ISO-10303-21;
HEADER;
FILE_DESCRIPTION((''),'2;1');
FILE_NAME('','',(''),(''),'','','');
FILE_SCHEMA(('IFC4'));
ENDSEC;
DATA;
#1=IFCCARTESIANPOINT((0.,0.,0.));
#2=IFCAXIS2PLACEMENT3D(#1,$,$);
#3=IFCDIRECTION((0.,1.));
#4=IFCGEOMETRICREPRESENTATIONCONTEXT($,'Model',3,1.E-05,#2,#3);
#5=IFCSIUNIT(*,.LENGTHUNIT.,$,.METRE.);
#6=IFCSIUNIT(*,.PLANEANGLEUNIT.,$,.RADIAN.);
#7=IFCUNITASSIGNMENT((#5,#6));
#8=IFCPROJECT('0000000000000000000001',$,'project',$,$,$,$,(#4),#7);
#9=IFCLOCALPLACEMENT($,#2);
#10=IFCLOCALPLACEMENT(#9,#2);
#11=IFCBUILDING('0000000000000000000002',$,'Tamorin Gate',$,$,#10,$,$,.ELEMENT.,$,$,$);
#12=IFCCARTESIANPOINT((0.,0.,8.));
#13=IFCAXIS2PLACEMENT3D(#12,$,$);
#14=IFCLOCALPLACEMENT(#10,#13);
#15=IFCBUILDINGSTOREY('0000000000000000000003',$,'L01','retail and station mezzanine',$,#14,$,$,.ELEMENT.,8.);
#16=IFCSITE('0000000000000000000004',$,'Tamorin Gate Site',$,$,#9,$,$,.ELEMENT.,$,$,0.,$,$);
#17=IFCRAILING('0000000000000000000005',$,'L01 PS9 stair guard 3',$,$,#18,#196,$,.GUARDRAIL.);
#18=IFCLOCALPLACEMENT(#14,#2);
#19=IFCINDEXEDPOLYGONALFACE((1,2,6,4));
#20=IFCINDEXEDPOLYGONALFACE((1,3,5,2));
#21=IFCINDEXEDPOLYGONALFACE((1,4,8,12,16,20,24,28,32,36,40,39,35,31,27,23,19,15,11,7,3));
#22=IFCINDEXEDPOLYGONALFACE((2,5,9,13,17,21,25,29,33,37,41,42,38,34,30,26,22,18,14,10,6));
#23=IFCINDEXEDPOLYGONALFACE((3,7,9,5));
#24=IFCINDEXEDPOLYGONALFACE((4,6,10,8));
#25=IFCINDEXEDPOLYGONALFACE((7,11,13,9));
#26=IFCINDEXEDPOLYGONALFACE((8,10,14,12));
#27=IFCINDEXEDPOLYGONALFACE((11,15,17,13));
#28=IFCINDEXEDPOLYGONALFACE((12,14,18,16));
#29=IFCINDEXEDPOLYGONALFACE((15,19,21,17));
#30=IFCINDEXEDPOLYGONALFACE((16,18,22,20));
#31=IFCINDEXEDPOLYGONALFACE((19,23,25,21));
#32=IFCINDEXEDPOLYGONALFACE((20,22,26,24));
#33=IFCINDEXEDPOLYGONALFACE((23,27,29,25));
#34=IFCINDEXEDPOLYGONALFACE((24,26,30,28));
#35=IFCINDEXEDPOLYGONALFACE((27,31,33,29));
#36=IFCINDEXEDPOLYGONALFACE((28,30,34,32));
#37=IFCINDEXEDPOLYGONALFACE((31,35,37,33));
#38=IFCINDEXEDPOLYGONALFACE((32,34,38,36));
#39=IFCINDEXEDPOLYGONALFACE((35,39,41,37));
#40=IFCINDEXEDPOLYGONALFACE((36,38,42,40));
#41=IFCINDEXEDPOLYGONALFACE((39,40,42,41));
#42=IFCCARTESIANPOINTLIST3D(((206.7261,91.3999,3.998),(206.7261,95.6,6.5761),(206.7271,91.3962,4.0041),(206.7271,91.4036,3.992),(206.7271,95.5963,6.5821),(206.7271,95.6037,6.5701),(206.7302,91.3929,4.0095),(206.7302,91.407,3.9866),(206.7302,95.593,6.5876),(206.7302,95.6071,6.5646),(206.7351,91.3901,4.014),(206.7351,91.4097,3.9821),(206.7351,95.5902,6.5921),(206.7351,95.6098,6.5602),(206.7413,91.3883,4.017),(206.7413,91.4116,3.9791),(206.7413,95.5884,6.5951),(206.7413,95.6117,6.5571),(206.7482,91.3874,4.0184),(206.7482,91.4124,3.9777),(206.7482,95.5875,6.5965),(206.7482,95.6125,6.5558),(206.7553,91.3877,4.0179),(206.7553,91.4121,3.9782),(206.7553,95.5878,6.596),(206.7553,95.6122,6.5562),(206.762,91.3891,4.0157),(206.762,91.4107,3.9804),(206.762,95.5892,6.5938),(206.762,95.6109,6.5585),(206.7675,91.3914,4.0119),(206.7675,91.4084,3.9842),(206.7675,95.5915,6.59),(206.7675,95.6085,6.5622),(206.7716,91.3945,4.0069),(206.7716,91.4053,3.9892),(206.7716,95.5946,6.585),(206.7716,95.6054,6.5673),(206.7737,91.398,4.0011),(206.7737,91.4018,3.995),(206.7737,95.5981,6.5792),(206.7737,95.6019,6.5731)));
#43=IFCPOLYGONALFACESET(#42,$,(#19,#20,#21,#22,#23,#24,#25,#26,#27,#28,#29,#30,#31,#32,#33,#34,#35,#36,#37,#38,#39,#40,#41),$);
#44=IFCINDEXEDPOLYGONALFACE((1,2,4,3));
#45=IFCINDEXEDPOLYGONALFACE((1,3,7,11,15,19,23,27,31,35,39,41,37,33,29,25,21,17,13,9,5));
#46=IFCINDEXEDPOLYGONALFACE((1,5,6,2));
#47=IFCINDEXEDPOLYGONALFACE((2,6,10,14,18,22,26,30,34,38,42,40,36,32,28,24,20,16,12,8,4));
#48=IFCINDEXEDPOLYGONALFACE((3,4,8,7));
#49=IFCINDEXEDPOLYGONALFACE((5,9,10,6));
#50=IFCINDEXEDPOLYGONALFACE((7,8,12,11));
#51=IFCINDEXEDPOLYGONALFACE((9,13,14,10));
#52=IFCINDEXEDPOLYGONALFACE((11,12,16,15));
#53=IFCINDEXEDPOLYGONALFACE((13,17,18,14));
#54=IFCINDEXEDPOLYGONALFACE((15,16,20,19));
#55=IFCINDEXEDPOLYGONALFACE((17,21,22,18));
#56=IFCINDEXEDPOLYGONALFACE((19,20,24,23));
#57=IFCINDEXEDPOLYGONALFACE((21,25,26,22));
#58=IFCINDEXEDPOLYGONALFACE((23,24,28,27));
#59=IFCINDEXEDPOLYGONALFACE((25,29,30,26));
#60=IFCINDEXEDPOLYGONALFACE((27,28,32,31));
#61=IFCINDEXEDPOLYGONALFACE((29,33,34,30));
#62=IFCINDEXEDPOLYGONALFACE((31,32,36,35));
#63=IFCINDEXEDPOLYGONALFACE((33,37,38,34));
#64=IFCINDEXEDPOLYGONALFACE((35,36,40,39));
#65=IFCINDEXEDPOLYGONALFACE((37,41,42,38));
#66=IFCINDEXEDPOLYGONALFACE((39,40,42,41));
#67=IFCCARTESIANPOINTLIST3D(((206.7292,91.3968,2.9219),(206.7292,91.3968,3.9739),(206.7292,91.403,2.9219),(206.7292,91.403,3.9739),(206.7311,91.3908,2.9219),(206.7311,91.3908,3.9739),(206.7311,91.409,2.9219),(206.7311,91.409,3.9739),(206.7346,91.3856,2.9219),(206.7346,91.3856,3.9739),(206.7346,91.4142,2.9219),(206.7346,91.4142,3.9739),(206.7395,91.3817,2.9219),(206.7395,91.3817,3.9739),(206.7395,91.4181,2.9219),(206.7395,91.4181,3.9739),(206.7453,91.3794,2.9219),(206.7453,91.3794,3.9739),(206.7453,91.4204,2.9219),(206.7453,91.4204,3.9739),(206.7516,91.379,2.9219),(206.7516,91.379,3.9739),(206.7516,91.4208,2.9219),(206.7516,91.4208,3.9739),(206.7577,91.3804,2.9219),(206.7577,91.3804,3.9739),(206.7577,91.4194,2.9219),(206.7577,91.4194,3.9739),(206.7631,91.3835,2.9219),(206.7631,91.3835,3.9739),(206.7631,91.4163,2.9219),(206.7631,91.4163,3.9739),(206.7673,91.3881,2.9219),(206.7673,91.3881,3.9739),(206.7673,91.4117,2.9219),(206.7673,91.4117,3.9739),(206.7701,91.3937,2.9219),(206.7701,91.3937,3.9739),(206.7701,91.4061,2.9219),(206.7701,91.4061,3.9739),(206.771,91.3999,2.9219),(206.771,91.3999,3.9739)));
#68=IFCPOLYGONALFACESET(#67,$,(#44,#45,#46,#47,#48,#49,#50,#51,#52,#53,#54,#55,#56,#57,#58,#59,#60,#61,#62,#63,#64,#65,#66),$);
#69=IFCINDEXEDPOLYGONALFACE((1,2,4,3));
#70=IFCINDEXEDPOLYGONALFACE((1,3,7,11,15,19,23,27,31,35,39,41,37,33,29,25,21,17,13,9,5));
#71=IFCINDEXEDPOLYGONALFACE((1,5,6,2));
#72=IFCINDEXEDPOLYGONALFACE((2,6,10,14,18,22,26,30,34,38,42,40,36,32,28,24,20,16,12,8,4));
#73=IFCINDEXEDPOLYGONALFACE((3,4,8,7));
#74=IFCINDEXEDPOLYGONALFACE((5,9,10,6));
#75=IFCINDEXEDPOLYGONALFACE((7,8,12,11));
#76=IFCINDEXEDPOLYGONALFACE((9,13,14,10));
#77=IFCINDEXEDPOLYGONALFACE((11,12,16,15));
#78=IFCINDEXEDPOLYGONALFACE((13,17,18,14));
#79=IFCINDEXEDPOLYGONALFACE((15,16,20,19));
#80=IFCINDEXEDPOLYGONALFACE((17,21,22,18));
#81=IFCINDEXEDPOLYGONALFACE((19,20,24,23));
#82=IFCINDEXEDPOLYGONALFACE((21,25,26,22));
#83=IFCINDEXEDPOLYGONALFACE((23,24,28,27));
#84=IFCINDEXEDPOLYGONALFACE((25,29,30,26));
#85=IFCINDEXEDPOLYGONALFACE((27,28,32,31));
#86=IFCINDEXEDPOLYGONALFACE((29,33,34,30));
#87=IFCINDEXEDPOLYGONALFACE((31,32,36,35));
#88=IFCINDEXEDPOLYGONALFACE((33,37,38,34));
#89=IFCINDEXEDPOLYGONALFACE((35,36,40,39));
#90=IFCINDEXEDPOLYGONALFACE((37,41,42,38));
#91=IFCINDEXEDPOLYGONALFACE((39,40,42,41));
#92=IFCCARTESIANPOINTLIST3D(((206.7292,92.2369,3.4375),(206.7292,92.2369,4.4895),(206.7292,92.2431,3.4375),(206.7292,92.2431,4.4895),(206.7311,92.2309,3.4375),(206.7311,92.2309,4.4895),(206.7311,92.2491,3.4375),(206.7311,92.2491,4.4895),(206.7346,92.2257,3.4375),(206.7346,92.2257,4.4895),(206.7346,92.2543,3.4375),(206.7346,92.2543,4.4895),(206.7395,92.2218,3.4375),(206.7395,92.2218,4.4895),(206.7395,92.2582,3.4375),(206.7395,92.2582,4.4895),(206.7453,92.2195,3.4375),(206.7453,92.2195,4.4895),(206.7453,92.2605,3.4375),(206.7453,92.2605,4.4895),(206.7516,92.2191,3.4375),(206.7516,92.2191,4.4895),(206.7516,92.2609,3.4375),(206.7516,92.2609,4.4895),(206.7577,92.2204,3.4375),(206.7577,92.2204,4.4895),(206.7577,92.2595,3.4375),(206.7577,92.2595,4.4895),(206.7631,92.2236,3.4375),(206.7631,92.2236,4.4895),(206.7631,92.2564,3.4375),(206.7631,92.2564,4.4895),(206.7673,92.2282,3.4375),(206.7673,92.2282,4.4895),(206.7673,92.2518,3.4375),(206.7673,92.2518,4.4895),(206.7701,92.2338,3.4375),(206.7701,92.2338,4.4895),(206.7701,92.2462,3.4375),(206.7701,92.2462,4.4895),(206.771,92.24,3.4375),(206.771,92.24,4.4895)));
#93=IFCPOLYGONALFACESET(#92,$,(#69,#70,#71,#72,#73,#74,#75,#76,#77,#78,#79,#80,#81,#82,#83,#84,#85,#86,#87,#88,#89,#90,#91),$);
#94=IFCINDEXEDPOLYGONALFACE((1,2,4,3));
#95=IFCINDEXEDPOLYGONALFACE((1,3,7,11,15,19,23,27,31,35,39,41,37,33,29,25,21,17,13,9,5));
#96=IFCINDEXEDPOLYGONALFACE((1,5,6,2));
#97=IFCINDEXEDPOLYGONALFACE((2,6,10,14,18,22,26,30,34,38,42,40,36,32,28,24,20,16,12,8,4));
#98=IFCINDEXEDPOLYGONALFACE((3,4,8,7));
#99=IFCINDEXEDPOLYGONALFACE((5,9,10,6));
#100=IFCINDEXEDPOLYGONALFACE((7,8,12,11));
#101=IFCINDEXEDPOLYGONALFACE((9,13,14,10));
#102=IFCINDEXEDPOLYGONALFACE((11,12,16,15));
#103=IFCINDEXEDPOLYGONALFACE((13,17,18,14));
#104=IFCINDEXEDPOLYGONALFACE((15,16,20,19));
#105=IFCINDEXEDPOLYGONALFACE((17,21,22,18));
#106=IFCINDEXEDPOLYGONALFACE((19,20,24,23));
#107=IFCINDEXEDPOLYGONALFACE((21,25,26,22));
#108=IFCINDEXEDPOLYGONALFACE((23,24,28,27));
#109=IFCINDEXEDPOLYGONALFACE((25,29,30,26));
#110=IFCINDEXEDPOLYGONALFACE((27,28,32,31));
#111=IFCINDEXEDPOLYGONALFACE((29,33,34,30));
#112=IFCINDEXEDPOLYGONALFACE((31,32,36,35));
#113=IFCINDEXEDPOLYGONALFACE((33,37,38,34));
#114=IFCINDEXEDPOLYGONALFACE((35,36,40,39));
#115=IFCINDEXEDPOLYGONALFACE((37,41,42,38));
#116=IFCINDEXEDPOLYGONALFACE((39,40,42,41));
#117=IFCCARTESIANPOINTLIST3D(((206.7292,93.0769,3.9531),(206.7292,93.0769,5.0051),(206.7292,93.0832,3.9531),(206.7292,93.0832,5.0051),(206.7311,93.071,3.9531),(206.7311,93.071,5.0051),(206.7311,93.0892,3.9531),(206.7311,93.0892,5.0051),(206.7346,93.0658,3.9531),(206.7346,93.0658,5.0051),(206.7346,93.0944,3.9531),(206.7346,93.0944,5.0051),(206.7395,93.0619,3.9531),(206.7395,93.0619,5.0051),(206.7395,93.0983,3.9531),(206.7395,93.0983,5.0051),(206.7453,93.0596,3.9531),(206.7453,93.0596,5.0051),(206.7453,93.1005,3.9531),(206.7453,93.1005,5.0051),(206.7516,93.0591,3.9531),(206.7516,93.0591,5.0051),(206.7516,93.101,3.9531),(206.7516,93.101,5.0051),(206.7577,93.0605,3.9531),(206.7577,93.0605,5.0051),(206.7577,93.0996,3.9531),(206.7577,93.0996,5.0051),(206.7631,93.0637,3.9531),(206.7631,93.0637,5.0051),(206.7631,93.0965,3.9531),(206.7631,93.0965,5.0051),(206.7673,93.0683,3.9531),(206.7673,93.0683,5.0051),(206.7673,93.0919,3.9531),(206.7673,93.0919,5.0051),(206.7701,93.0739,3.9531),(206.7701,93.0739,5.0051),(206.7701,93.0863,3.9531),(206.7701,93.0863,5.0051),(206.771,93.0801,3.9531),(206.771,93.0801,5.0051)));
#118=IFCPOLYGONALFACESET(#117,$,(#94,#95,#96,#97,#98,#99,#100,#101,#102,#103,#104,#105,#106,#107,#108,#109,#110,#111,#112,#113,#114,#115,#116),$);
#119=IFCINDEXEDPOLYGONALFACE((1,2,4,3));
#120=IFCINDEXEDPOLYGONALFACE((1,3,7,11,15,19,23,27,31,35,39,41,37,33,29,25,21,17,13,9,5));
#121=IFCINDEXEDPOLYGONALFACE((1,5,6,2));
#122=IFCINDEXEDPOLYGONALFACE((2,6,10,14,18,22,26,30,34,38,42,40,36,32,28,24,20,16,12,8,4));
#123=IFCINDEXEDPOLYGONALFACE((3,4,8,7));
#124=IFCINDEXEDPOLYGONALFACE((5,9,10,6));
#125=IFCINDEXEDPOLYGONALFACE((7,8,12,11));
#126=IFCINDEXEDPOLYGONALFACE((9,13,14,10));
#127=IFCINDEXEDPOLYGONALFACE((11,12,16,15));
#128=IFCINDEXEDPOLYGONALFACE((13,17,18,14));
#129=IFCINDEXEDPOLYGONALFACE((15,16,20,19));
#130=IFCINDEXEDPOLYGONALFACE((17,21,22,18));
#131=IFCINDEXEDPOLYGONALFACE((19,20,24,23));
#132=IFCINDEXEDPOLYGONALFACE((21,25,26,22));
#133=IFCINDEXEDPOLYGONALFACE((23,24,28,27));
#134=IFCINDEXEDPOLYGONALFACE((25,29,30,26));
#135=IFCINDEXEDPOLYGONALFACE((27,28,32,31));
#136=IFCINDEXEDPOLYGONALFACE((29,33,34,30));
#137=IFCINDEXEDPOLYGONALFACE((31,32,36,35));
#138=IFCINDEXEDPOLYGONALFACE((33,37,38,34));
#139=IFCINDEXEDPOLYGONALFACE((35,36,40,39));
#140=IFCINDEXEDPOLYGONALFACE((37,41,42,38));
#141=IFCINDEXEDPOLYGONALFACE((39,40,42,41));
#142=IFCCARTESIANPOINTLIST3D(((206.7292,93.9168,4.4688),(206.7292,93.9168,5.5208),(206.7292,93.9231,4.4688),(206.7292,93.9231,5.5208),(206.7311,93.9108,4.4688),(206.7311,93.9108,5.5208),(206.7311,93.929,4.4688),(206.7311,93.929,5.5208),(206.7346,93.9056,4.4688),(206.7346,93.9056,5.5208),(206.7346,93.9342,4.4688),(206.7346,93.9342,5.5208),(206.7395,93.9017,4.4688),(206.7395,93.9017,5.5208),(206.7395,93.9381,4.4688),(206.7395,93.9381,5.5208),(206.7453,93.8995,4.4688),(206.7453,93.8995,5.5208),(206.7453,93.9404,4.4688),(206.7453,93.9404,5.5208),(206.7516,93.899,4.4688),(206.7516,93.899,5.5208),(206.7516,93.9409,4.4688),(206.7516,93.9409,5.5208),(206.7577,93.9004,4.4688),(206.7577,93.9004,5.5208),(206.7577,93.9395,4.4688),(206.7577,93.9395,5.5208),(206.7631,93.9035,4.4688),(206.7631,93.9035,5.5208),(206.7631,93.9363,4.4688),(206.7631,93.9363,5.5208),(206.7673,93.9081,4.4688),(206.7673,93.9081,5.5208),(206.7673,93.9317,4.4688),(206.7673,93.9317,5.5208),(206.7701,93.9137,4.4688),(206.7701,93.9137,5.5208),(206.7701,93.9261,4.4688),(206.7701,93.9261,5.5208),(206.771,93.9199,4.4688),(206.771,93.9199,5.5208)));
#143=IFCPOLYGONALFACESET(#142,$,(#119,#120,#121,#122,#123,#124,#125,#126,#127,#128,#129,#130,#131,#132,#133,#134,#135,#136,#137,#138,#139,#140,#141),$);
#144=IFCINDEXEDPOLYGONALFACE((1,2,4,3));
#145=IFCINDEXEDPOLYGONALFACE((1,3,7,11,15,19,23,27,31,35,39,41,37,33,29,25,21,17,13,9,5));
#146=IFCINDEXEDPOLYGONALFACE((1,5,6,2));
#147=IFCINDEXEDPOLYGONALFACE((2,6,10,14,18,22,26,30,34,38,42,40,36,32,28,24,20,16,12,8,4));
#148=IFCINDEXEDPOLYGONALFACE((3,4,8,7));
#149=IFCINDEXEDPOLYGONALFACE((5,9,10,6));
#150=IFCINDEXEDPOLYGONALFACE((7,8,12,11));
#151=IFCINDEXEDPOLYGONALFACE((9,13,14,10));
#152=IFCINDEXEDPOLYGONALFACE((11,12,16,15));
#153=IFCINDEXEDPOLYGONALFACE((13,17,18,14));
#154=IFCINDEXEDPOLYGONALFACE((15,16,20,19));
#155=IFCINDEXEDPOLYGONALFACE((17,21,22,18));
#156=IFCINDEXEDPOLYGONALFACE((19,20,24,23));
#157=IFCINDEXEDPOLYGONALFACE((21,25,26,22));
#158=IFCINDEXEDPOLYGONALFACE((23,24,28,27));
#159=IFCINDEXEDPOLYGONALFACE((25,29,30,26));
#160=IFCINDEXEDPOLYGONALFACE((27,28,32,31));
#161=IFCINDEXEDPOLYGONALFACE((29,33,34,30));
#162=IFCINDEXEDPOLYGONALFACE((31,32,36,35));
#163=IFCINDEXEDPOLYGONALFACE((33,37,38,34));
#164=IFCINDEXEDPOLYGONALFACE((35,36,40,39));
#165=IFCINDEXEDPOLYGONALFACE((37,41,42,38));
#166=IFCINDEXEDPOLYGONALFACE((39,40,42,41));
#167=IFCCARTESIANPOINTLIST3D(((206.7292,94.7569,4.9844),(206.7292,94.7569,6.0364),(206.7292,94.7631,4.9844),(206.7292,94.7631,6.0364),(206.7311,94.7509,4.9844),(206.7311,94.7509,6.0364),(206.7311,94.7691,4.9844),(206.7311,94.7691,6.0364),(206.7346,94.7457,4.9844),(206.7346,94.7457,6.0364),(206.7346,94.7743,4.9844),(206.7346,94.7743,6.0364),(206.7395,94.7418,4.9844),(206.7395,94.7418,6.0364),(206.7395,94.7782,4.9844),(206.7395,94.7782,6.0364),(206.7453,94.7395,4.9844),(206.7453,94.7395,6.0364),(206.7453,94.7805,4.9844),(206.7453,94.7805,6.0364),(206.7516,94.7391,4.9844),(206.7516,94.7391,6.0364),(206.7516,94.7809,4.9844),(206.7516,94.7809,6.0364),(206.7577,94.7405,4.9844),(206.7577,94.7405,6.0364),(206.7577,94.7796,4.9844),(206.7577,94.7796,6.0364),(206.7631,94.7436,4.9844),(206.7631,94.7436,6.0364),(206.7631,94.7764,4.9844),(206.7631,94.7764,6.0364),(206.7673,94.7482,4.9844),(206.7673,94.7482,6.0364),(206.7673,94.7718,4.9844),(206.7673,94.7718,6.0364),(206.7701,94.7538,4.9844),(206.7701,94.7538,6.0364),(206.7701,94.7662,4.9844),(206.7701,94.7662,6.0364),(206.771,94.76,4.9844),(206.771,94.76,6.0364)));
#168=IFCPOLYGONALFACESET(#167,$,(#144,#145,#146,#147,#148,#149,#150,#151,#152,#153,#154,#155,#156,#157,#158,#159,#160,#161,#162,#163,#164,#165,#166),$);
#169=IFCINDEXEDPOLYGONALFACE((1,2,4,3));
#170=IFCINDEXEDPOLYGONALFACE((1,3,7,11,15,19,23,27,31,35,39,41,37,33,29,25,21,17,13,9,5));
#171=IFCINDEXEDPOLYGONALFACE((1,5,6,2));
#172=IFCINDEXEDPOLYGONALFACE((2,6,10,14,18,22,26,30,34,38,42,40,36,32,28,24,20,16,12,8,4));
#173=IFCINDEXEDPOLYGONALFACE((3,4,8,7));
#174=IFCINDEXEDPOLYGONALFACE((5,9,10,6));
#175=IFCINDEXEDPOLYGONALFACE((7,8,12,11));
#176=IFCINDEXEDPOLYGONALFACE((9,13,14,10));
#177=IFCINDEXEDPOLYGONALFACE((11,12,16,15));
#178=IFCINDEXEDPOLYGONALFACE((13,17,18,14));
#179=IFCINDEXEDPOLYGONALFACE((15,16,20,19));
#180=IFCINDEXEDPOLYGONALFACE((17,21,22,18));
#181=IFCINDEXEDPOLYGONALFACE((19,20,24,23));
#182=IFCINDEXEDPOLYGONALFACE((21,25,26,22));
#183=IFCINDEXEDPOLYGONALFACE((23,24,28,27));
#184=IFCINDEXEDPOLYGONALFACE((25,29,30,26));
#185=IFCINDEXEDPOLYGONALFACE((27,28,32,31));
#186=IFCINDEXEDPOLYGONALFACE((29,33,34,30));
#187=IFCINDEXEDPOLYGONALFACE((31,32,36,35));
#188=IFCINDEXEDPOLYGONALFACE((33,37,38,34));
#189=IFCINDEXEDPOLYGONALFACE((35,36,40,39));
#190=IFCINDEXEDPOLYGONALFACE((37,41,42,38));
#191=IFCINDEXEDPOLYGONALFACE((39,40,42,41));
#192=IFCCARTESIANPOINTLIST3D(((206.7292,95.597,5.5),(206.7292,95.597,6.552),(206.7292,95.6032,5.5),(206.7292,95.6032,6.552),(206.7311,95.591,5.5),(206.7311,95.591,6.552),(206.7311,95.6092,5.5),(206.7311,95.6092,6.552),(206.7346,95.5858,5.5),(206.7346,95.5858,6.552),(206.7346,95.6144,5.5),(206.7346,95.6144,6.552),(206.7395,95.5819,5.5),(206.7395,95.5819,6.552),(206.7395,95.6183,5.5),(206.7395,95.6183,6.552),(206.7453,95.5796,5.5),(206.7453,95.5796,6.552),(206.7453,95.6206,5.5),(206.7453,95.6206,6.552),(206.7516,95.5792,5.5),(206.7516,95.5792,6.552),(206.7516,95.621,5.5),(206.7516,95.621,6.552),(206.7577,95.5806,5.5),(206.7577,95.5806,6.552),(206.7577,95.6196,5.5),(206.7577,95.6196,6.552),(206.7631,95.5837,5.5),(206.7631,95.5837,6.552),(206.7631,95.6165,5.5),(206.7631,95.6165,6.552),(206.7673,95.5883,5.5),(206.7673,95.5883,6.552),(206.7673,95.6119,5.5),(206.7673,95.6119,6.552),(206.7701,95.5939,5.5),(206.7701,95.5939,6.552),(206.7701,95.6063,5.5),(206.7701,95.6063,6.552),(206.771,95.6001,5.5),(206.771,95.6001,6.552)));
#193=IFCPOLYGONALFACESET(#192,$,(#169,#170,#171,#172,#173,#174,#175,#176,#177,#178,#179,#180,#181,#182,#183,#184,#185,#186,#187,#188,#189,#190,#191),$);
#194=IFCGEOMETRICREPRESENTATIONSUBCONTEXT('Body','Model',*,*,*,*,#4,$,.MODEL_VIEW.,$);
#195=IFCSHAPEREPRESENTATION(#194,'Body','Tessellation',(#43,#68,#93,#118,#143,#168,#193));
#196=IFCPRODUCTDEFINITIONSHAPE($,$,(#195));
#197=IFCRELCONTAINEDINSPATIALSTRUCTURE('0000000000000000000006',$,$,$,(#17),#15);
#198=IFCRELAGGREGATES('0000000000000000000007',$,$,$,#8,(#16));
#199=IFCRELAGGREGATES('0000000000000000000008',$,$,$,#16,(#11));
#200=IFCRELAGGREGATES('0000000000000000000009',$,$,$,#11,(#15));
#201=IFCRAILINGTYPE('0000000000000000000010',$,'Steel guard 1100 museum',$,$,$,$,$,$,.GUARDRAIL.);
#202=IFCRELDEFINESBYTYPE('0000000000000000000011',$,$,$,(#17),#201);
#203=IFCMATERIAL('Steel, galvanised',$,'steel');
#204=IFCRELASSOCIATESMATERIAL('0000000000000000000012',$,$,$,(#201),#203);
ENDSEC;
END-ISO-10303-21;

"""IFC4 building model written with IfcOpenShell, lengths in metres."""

from ifc_helpers import new_model, si_unit, direction, frame, origin, origin_2d, place, context, subcontext, project, spatial, circle, extrude, material, type_object, element, save


model = new_model("IFC4")

# Units and contexts
model_context = context("Model", 3, precision=1e-05, world=origin(), true_north=direction((0.0, 1.0)))
body_context = subcontext(model_context, "Body", "Model", "MODEL_VIEW")
ifc_project = project(units=[si_unit("LENGTHUNIT", "METRE"), si_unit("PLANEANGLEUNIT", "RADIAN")], contexts=[model_context])

# Site, building, storey
site_placement = place(None, origin())
site = spatial("IfcSite", under=ifc_project, at=site_placement, Name="Tamorin Gate Site", CompositionType="ELEMENT", RefElevation=0.0)
building_placement = place(site_placement, origin())
building = spatial("IfcBuilding", under=site, at=building_placement, Name="Tamorin Gate", CompositionType="ELEMENT")
storey_placement = place(building_placement, frame((0.0, 0.0, 8.0)))
storey = spatial("IfcBuildingStorey", under=building, at=storey_placement, Name="L01", Description="retail and station mezzanine", CompositionType="ELEMENT", Elevation=8.0)

# Railing
ifc_material_1 = material(Name="Steel, galvanised", Category="steel")
railing_type_1 = type_object("IfcRailingType", Name="Steel guard 1100 museum", PredefinedType="GUARDRAIL", material=ifc_material_1)
railing_1_placement = place(storey_placement, frame((206.75, 91.3999, 2.9219)))
element("IfcRailing", 1, at=railing_1_placement, inside=storey, type_object=railing_type_1, Name="L01 PS9 stair guard 3", PredefinedType="GUARDRAIL", context=body_context, shape_type="SweptSolid", body=[
    extrude(circle(Radius=0.0239, at=origin_2d()), frame((0.0, 0.0, 1.0762), z_axis=(0.0, 0.852256, 0.523124), x_axis=(-1.0, 0.0, 0.0)), (0.0, 0.0, 1.0), 4.9282),
    extrude(circle(Radius=0.021, at=origin_2d()), origin(), (0.0, 0.0, 1.0), 1.052),
    extrude(circle(Radius=0.021, at=origin_2d()), frame((0.0, 0.8401, 0.5156)), (0.0, 0.0, 1.0), 1.052),
    extrude(circle(Radius=0.021, at=origin_2d()), frame((0.0, 1.6802, 1.0312)), (0.0, 0.0, 1.0), 1.052),
    extrude(circle(Radius=0.021, at=origin_2d()), frame((0.0, 2.52, 1.5469)), (0.0, 0.0, 1.0), 1.052),
    extrude(circle(Radius=0.021, at=origin_2d()), frame((0.0, 3.3601, 2.0625)), (0.0, 0.0, 1.0), 1.052),
    extrude(circle(Radius=0.021, at=origin_2d()), frame((0.0, 4.2002, 2.5781)), (0.0, 0.0, 1.0), 1.052),
])

save(model, "model.ifc")
